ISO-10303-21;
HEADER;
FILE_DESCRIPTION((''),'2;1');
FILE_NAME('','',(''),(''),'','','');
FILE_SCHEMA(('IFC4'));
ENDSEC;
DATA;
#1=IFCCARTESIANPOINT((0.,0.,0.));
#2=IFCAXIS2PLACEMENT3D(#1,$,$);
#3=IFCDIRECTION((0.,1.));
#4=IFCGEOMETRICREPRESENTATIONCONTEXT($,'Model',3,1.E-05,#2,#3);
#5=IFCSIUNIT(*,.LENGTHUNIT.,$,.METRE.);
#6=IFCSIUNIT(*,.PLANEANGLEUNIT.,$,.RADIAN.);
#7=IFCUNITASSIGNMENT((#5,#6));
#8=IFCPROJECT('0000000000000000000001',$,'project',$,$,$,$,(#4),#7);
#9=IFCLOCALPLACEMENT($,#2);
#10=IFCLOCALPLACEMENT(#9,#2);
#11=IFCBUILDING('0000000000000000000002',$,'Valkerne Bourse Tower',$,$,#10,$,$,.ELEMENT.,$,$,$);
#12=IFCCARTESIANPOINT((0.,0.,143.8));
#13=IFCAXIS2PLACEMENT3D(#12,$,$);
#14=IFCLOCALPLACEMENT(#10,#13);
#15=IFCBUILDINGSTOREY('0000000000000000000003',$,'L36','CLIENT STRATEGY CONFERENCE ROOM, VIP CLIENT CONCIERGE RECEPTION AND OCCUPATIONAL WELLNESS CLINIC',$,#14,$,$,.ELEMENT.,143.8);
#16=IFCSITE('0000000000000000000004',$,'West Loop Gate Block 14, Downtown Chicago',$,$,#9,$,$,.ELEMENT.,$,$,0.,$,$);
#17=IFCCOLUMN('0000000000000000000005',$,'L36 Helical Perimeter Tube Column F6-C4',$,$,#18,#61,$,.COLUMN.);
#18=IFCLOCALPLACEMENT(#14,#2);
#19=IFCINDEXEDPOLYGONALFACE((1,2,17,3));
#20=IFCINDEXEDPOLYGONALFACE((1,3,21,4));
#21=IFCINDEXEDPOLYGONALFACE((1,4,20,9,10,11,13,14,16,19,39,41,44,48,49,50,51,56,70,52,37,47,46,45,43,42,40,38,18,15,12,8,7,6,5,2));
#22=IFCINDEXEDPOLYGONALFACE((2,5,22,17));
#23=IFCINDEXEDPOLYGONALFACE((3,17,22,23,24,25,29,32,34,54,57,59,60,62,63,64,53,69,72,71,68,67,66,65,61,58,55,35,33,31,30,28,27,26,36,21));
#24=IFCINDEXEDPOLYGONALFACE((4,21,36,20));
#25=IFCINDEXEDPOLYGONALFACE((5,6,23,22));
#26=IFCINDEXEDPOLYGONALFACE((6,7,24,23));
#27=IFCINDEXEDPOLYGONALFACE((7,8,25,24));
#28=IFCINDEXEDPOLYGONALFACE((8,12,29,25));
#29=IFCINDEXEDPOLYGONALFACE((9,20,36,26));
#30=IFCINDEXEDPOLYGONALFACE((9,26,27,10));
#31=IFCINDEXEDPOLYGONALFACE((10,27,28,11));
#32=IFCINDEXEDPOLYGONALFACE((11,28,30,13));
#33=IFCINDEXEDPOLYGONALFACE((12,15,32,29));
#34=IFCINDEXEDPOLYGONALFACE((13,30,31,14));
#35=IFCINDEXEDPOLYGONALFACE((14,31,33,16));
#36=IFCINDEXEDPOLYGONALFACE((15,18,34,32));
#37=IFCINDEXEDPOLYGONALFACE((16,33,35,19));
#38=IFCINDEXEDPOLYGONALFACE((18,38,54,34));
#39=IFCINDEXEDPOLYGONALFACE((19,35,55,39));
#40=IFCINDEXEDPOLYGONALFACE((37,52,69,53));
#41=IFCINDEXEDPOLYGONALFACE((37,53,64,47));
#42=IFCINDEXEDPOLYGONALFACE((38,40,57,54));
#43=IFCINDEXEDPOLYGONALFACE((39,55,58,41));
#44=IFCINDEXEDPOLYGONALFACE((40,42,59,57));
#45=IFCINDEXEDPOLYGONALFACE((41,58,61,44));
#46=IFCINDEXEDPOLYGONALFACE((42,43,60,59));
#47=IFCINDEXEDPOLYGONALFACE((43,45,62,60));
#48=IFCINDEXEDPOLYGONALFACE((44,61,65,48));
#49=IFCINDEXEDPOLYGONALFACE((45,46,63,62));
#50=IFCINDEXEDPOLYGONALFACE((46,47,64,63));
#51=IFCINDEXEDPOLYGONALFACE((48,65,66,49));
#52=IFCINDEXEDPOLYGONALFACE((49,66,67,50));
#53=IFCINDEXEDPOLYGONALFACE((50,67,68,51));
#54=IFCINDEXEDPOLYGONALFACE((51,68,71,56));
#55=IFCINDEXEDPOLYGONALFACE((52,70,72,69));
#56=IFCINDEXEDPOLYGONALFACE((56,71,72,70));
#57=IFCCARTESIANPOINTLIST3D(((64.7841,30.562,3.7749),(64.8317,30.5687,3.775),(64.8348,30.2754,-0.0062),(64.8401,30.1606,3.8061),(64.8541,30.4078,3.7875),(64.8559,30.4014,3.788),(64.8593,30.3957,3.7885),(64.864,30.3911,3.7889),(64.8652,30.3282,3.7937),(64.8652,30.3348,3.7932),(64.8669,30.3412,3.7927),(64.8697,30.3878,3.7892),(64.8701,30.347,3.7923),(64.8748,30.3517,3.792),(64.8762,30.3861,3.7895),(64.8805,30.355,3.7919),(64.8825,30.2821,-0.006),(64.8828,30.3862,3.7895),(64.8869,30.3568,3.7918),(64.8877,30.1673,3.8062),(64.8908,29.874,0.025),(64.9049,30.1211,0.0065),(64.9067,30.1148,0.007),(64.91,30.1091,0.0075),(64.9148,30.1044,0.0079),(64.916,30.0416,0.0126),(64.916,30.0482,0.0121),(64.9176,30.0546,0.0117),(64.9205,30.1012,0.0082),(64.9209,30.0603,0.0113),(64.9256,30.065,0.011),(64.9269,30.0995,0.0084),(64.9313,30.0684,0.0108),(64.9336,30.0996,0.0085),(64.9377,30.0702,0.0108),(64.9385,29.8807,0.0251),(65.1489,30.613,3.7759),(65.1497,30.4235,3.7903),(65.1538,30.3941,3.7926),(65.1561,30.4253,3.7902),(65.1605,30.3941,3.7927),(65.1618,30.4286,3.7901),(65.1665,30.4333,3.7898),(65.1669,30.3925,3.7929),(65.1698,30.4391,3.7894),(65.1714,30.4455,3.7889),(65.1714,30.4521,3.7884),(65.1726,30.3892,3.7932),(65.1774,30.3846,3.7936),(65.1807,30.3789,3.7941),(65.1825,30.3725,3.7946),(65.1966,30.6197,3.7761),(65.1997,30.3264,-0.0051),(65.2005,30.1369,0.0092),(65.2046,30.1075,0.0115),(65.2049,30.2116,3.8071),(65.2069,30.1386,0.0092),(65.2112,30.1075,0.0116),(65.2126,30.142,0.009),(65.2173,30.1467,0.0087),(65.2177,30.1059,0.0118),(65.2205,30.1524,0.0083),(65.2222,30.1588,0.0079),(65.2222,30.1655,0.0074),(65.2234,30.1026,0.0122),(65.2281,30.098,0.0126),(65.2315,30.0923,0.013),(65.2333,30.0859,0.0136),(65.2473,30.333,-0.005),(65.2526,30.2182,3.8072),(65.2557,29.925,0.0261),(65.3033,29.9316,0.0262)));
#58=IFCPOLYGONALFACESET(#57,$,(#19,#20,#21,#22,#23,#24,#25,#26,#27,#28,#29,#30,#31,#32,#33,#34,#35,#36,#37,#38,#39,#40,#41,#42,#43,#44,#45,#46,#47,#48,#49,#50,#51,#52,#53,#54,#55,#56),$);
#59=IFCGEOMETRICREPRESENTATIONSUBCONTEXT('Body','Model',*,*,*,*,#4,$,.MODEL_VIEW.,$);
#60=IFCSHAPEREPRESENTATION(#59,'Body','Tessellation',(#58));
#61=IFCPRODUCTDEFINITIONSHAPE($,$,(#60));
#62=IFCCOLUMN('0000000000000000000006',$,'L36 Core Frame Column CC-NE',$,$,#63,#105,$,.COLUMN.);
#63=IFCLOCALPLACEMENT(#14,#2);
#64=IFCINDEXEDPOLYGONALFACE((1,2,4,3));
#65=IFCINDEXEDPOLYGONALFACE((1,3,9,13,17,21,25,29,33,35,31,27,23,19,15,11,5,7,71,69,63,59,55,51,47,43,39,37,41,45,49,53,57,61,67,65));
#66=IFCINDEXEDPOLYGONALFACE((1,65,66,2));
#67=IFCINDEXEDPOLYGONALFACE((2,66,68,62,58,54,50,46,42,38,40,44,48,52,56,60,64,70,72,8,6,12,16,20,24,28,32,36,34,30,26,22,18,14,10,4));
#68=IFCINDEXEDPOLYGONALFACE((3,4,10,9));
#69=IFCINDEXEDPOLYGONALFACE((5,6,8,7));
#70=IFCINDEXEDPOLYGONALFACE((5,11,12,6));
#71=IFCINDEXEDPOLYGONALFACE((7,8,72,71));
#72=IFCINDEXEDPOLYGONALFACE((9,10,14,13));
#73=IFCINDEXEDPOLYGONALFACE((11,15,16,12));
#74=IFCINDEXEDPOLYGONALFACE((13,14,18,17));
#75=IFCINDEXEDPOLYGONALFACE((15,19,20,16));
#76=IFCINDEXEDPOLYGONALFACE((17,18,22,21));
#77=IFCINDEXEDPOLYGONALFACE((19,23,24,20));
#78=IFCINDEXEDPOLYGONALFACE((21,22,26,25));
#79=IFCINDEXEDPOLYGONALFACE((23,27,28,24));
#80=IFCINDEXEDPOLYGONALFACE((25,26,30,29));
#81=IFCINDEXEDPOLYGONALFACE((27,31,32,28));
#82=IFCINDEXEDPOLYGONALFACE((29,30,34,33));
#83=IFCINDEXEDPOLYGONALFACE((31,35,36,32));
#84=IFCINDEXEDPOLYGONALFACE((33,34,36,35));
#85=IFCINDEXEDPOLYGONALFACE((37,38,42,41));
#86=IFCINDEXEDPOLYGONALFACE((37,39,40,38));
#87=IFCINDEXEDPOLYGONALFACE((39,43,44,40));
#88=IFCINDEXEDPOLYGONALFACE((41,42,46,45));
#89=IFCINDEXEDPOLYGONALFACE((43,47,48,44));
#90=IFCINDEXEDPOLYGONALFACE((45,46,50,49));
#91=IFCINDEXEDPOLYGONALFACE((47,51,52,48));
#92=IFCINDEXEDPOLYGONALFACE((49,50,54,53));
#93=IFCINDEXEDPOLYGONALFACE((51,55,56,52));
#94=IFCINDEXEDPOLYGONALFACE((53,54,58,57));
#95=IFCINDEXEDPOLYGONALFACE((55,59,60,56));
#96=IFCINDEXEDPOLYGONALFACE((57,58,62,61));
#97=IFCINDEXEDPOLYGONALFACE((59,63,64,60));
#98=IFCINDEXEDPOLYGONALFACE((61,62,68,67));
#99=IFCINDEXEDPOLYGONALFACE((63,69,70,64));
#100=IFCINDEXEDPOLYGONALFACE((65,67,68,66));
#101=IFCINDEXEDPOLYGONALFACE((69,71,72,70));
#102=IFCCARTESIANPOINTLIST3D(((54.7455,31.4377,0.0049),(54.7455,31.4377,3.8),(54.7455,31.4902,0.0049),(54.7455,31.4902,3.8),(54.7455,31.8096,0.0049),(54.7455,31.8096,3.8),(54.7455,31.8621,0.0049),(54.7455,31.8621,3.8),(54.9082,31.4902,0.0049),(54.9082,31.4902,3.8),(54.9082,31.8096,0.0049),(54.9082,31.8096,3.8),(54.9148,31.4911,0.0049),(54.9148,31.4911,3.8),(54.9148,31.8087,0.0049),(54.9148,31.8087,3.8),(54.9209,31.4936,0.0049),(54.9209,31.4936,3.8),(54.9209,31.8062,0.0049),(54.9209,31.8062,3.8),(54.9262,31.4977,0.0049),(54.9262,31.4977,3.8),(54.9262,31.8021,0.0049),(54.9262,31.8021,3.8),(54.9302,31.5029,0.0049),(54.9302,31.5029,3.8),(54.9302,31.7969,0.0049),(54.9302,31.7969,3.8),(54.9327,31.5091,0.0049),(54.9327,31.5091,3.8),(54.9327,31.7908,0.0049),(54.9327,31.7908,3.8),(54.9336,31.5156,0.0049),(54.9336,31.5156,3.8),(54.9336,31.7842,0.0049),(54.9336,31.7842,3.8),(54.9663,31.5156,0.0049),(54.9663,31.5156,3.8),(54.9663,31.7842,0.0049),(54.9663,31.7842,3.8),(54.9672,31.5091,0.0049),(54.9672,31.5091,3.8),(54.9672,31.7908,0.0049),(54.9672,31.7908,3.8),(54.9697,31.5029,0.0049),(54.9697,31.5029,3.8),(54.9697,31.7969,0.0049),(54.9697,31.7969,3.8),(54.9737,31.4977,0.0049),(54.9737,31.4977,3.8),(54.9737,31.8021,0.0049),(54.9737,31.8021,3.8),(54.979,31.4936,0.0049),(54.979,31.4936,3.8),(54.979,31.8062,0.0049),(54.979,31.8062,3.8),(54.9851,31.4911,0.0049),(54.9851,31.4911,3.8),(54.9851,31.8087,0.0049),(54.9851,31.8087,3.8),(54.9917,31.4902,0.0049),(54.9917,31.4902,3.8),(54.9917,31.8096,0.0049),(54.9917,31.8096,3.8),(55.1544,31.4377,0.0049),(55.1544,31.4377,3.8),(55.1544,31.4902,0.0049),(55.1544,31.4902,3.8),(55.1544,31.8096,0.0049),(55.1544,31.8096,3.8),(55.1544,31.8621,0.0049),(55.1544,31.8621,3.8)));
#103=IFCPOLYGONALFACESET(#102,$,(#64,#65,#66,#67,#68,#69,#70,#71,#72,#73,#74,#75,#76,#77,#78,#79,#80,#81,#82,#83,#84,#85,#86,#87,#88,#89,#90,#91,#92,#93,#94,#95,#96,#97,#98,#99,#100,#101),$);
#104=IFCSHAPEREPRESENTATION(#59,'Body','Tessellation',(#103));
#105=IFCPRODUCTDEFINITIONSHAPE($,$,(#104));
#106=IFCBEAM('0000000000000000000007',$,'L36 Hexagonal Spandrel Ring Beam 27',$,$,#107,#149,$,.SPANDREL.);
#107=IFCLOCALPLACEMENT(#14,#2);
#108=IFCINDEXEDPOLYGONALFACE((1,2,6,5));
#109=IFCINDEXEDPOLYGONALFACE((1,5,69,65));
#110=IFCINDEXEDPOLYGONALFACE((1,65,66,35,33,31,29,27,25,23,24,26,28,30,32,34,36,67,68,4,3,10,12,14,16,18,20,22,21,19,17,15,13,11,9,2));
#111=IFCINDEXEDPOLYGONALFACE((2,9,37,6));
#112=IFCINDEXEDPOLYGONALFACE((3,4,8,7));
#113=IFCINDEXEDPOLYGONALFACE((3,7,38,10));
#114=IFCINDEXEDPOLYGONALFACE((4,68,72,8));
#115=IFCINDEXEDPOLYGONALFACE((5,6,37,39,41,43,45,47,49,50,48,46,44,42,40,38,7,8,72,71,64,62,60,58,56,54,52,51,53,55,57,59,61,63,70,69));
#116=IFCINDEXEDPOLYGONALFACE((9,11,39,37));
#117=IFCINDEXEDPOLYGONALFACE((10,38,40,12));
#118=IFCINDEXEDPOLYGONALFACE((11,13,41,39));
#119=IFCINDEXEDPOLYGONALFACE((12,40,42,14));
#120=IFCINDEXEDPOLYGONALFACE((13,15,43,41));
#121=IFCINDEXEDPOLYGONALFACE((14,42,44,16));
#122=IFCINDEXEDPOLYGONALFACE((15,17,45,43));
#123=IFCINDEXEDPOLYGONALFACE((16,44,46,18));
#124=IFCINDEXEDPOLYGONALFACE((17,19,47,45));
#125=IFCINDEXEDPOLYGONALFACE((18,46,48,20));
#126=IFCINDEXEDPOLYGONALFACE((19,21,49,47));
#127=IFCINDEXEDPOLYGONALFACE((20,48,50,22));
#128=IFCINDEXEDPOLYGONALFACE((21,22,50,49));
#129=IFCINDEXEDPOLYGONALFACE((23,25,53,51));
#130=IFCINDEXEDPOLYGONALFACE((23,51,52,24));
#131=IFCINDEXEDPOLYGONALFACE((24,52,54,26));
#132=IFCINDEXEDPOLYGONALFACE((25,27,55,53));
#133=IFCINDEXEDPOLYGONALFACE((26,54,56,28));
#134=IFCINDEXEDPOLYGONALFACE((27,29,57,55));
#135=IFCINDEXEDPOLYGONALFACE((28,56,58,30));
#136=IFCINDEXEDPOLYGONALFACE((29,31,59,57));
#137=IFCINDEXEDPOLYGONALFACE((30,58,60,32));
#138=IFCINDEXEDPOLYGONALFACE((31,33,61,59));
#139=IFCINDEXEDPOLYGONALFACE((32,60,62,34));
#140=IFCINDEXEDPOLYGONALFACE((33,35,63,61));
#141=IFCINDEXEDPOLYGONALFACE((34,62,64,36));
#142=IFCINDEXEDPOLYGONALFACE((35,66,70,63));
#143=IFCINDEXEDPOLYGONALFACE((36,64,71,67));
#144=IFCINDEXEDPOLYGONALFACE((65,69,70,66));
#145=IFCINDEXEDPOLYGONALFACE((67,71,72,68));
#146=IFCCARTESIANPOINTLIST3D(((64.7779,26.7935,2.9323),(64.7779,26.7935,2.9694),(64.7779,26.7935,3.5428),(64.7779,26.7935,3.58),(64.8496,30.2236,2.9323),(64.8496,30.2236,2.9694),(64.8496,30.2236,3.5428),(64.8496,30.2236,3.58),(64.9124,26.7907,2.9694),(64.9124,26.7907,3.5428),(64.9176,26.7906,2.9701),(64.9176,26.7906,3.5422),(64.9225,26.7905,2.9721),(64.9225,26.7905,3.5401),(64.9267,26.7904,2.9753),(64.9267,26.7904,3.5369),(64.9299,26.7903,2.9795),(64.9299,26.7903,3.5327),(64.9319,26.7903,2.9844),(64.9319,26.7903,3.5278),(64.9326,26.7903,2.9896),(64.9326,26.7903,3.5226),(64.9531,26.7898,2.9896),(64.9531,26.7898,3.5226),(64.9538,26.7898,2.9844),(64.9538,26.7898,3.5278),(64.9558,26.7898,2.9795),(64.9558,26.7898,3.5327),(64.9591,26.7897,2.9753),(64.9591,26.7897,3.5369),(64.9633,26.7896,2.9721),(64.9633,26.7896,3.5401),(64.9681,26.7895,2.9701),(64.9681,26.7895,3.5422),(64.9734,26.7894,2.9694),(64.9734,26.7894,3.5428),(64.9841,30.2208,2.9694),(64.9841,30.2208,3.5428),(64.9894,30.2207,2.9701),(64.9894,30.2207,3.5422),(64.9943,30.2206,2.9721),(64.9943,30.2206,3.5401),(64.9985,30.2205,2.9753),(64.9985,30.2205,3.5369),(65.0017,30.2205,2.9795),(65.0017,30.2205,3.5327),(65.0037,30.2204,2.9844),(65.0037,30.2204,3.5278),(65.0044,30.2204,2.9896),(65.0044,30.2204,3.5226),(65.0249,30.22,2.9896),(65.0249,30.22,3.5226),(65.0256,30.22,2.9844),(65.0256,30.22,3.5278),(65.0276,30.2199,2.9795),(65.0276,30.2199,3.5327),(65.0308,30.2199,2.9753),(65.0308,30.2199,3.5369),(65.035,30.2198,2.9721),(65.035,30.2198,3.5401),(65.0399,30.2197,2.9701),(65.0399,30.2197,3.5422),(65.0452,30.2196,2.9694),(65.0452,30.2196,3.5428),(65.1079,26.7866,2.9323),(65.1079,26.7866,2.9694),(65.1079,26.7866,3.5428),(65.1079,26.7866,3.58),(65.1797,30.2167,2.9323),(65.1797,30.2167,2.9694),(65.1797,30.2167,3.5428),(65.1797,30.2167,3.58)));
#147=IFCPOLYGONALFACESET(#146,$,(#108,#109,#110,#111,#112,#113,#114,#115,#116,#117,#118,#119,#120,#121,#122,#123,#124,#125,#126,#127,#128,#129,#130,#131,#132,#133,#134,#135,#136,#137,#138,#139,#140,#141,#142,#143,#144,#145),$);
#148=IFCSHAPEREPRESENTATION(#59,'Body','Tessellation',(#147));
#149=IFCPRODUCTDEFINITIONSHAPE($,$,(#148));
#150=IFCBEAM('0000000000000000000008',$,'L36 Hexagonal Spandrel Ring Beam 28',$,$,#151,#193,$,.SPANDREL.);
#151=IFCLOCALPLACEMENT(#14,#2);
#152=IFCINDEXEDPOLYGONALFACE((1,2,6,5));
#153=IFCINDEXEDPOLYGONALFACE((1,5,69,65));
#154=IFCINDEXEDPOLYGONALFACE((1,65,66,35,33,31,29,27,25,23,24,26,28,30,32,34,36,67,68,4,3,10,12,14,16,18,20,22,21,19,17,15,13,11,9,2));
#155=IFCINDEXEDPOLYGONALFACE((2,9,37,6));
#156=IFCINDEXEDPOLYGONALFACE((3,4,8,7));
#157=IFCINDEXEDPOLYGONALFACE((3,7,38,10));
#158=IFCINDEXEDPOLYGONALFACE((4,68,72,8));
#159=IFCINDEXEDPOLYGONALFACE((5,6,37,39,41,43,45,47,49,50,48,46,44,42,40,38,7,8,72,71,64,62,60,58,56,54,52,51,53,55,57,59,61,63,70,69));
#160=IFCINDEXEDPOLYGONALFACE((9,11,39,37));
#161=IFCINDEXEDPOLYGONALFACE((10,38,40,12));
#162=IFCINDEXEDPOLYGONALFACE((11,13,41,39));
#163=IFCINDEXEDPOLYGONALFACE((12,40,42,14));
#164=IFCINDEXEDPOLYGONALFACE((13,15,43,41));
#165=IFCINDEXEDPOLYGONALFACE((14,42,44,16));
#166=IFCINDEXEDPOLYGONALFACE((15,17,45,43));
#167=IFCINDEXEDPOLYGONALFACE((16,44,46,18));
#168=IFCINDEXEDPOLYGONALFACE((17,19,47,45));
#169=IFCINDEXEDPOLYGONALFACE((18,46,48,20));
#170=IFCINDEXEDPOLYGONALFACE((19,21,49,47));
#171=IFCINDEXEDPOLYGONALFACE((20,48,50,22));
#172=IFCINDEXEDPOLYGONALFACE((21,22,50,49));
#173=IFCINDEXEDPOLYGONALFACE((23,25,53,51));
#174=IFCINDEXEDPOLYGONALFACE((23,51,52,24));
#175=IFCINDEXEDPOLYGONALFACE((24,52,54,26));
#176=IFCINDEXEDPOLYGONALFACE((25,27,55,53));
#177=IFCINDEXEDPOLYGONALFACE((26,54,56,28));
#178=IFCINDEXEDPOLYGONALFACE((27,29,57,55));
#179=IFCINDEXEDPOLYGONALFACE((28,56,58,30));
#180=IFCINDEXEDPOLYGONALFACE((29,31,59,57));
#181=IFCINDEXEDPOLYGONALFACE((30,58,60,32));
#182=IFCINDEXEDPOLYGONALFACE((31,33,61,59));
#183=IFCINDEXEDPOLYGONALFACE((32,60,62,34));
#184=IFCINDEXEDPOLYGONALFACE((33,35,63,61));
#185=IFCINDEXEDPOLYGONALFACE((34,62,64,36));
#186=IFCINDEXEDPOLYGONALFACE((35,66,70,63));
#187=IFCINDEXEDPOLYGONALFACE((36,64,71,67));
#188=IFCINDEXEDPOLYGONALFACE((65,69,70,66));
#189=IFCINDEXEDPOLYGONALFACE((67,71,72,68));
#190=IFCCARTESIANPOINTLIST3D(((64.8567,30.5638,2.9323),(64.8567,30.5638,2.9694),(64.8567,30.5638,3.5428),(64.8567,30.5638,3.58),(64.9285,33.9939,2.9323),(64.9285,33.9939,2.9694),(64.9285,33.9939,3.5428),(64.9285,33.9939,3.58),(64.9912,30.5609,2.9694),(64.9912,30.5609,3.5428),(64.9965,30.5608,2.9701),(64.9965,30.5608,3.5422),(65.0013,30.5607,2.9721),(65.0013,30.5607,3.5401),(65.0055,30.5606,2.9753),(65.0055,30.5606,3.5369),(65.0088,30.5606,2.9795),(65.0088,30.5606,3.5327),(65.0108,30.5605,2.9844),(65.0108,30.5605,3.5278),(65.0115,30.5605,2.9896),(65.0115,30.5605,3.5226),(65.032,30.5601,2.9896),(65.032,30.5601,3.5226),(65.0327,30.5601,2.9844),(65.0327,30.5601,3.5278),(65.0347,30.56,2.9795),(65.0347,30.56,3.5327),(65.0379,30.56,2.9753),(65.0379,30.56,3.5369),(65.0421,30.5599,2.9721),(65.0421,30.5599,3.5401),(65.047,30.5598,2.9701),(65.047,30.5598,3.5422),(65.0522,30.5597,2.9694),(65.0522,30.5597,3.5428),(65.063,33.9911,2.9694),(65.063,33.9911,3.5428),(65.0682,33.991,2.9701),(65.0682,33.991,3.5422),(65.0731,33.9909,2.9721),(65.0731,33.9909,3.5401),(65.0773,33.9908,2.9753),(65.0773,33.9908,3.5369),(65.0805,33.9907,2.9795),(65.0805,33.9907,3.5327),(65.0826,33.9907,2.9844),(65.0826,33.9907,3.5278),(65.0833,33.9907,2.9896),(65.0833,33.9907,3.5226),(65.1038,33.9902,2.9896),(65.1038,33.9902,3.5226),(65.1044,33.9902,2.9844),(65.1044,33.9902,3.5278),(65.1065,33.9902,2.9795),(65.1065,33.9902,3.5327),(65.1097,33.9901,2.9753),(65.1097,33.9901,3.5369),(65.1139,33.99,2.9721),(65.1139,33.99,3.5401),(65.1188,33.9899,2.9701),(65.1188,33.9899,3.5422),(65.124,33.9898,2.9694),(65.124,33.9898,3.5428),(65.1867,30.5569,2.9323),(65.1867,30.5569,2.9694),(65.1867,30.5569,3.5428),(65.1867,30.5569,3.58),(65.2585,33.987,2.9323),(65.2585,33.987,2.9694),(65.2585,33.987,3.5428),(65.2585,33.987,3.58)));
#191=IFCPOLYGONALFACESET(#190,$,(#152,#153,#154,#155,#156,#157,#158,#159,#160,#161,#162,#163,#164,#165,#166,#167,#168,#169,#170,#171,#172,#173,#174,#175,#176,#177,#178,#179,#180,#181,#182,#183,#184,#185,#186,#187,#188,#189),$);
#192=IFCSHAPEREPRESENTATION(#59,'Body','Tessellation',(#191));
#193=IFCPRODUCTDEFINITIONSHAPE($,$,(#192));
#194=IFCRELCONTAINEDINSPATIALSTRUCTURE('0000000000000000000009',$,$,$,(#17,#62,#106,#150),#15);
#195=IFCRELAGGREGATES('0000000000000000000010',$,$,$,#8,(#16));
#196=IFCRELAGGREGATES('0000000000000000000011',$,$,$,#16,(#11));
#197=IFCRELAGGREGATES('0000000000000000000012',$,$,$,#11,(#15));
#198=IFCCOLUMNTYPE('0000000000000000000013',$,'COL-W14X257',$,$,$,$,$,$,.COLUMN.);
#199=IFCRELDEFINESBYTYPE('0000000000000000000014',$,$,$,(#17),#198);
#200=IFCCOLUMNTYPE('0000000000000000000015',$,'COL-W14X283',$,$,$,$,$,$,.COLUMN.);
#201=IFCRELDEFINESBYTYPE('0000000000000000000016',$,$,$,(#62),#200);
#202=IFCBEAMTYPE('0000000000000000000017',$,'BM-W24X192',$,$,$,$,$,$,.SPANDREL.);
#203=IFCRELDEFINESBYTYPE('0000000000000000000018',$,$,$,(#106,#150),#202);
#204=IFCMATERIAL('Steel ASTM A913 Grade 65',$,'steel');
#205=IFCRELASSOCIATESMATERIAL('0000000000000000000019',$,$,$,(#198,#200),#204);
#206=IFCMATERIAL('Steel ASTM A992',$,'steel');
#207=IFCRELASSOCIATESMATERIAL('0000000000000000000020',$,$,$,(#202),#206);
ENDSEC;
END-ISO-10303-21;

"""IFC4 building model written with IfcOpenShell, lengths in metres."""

from ifc_helpers import new_model, si_unit, direction, frame, origin, origin_2d, place, context, subcontext, project, spatial, i_section, extrude, material, material_profile, profile_set, type_object, element, save


model = new_model("IFC4")

# Units and contexts
model_context = context("Model", 3, precision=1e-05, world=origin(), true_north=direction((0.0, 1.0)))
body_context = subcontext(model_context, "Body", "Model", "MODEL_VIEW")
ifc_project = project(units=[si_unit("LENGTHUNIT", "METRE"), si_unit("PLANEANGLEUNIT", "RADIAN")], contexts=[model_context])

# Site, building, storey
site_placement = place(None, origin())
site = spatial("IfcSite", under=ifc_project, at=site_placement, Name="West Loop Gate Block 14, Downtown Chicago", CompositionType="ELEMENT", RefElevation=0.0)
building_placement = place(site_placement, origin())
building = spatial("IfcBuilding", under=site, at=building_placement, Name="Valkerne Bourse Tower", CompositionType="ELEMENT")
storey_placement = place(building_placement, frame((0.0, 0.0, 143.8)))
storey = spatial("IfcBuildingStorey", under=building, at=storey_placement, Name="L36", Description="CLIENT STRATEGY CONFERENCE ROOM, VIP CLIENT CONCIERGE RECEPTION AND OCCUPATIONAL WELLNESS CLINIC", CompositionType="ELEMENT", Elevation=143.8)

# Columns
ifc_material_1 = material(Name="Steel ASTM A913 Grade 65", Category="steel")
ifc_material_profile_1 = material_profile(ifc_material_1, i_section(OverallWidth=0.4065, OverallDepth=0.4165, WebThickness=0.0298, FlangeThickness=0.0481, FilletRadius=0.0254, at=origin_2d()), Name="W14X257")
ifc_profile_set_1 = profile_set([ifc_material_profile_1], Name="Steel ASTM A913 Grade 65")
column_type_1 = type_object("IfcColumnType", Name="COL-W14X257", PredefinedType="COLUMN", material=ifc_profile_set_1)
column_1_placement = place(storey_placement, frame((65.0691, 30.1035, 0.01), z_axis=(-0.013391, 0.075582, 0.99705), x_axis=(0.137742, -0.987493, 0.076707)))
element("IfcColumn", 1, at=column_1_placement, inside=storey, type_object=column_type_1, Name="L36 Helical Perimeter Tube Column F6-C4", PredefinedType="COLUMN", context=body_context, shape_type="SweptSolid", body=[
    extrude(i_section(OverallWidth=0.4065, OverallDepth=0.4165, WebThickness=0.0298, FlangeThickness=0.0481, FilletRadius=0.0254, at=origin_2d()), origin(), (0.0, 0.0, 1.0), 3.7922),
])
ifc_material_profile_2 = material_profile(ifc_material_1, i_section(OverallWidth=0.4089, OverallDepth=0.4243, WebThickness=0.0327, FlangeThickness=0.0525, FilletRadius=0.0254, at=origin_2d()), Name="W14X283")
ifc_profile_set_2 = profile_set([ifc_material_profile_2], Name="Steel ASTM A913 Grade 65")
column_type_2 = type_object("IfcColumnType", Name="COL-W14X283", PredefinedType="COLUMN", material=ifc_profile_set_2)
column_2_placement = place(storey_placement, frame((54.95, 31.6499, 0.0049), z_axis=(0.0, 0.0, 1.0), x_axis=(1.0, 0.0, 0.0)))
element("IfcColumn", 2, at=column_2_placement, inside=storey, type_object=column_type_2, Name="L36 Core Frame Column CC-NE", PredefinedType="COLUMN", context=body_context, shape_type="SweptSolid", body=[
    extrude(i_section(OverallWidth=0.4089, OverallDepth=0.4243, WebThickness=0.0327, FlangeThickness=0.0525, FilletRadius=0.0254, at=origin_2d()), origin(), (0.0, 0.0, 1.0), 3.7952),
])

# Beams
ifc_material_2 = material(Name="Steel ASTM A992", Category="steel")
ifc_material_profile_3 = material_profile(ifc_material_2, i_section(OverallWidth=0.3301, OverallDepth=0.6477, WebThickness=0.0205, FlangeThickness=0.0371, FilletRadius=0.0203, at=origin_2d()), Name="W24X192")
ifc_profile_set_3 = profile_set([ifc_material_profile_3], Name="Steel ASTM A992")
beam_type_1 = type_object("IfcBeamType", Name="BM-W24X192", PredefinedType="SPANDREL", material=ifc_profile_set_3)
for number, where, z_axis, x_axis, name in (
    (3, (64.9429, 26.79, 3.2561), (0.020921, 0.999781, 0.0), (-0.999781, 0.020921, 0.0), "L36 Hexagonal Spandrel Ring Beam 27"),
    (4, (65.0217, 30.5603, 3.2561), (0.020921, 0.999781, 0.0), (-0.999781, 0.020921, 0.0), "L36 Hexagonal Spandrel Ring Beam 28"),
):
    element("IfcBeam", number, at=place(storey_placement, frame(where, z_axis=z_axis, x_axis=x_axis)), inside=storey, type_object=beam_type_1, Name=name, PredefinedType="SPANDREL", context=body_context, shape_type="SweptSolid", body=[
        extrude(i_section(OverallWidth=0.3301, OverallDepth=0.6477, WebThickness=0.0205, FlangeThickness=0.0371, FilletRadius=0.0203, at=origin_2d()), origin(), (0.0, 0.0, 1.0), 3.4309),
    ])

save(model, "model.ifc")
